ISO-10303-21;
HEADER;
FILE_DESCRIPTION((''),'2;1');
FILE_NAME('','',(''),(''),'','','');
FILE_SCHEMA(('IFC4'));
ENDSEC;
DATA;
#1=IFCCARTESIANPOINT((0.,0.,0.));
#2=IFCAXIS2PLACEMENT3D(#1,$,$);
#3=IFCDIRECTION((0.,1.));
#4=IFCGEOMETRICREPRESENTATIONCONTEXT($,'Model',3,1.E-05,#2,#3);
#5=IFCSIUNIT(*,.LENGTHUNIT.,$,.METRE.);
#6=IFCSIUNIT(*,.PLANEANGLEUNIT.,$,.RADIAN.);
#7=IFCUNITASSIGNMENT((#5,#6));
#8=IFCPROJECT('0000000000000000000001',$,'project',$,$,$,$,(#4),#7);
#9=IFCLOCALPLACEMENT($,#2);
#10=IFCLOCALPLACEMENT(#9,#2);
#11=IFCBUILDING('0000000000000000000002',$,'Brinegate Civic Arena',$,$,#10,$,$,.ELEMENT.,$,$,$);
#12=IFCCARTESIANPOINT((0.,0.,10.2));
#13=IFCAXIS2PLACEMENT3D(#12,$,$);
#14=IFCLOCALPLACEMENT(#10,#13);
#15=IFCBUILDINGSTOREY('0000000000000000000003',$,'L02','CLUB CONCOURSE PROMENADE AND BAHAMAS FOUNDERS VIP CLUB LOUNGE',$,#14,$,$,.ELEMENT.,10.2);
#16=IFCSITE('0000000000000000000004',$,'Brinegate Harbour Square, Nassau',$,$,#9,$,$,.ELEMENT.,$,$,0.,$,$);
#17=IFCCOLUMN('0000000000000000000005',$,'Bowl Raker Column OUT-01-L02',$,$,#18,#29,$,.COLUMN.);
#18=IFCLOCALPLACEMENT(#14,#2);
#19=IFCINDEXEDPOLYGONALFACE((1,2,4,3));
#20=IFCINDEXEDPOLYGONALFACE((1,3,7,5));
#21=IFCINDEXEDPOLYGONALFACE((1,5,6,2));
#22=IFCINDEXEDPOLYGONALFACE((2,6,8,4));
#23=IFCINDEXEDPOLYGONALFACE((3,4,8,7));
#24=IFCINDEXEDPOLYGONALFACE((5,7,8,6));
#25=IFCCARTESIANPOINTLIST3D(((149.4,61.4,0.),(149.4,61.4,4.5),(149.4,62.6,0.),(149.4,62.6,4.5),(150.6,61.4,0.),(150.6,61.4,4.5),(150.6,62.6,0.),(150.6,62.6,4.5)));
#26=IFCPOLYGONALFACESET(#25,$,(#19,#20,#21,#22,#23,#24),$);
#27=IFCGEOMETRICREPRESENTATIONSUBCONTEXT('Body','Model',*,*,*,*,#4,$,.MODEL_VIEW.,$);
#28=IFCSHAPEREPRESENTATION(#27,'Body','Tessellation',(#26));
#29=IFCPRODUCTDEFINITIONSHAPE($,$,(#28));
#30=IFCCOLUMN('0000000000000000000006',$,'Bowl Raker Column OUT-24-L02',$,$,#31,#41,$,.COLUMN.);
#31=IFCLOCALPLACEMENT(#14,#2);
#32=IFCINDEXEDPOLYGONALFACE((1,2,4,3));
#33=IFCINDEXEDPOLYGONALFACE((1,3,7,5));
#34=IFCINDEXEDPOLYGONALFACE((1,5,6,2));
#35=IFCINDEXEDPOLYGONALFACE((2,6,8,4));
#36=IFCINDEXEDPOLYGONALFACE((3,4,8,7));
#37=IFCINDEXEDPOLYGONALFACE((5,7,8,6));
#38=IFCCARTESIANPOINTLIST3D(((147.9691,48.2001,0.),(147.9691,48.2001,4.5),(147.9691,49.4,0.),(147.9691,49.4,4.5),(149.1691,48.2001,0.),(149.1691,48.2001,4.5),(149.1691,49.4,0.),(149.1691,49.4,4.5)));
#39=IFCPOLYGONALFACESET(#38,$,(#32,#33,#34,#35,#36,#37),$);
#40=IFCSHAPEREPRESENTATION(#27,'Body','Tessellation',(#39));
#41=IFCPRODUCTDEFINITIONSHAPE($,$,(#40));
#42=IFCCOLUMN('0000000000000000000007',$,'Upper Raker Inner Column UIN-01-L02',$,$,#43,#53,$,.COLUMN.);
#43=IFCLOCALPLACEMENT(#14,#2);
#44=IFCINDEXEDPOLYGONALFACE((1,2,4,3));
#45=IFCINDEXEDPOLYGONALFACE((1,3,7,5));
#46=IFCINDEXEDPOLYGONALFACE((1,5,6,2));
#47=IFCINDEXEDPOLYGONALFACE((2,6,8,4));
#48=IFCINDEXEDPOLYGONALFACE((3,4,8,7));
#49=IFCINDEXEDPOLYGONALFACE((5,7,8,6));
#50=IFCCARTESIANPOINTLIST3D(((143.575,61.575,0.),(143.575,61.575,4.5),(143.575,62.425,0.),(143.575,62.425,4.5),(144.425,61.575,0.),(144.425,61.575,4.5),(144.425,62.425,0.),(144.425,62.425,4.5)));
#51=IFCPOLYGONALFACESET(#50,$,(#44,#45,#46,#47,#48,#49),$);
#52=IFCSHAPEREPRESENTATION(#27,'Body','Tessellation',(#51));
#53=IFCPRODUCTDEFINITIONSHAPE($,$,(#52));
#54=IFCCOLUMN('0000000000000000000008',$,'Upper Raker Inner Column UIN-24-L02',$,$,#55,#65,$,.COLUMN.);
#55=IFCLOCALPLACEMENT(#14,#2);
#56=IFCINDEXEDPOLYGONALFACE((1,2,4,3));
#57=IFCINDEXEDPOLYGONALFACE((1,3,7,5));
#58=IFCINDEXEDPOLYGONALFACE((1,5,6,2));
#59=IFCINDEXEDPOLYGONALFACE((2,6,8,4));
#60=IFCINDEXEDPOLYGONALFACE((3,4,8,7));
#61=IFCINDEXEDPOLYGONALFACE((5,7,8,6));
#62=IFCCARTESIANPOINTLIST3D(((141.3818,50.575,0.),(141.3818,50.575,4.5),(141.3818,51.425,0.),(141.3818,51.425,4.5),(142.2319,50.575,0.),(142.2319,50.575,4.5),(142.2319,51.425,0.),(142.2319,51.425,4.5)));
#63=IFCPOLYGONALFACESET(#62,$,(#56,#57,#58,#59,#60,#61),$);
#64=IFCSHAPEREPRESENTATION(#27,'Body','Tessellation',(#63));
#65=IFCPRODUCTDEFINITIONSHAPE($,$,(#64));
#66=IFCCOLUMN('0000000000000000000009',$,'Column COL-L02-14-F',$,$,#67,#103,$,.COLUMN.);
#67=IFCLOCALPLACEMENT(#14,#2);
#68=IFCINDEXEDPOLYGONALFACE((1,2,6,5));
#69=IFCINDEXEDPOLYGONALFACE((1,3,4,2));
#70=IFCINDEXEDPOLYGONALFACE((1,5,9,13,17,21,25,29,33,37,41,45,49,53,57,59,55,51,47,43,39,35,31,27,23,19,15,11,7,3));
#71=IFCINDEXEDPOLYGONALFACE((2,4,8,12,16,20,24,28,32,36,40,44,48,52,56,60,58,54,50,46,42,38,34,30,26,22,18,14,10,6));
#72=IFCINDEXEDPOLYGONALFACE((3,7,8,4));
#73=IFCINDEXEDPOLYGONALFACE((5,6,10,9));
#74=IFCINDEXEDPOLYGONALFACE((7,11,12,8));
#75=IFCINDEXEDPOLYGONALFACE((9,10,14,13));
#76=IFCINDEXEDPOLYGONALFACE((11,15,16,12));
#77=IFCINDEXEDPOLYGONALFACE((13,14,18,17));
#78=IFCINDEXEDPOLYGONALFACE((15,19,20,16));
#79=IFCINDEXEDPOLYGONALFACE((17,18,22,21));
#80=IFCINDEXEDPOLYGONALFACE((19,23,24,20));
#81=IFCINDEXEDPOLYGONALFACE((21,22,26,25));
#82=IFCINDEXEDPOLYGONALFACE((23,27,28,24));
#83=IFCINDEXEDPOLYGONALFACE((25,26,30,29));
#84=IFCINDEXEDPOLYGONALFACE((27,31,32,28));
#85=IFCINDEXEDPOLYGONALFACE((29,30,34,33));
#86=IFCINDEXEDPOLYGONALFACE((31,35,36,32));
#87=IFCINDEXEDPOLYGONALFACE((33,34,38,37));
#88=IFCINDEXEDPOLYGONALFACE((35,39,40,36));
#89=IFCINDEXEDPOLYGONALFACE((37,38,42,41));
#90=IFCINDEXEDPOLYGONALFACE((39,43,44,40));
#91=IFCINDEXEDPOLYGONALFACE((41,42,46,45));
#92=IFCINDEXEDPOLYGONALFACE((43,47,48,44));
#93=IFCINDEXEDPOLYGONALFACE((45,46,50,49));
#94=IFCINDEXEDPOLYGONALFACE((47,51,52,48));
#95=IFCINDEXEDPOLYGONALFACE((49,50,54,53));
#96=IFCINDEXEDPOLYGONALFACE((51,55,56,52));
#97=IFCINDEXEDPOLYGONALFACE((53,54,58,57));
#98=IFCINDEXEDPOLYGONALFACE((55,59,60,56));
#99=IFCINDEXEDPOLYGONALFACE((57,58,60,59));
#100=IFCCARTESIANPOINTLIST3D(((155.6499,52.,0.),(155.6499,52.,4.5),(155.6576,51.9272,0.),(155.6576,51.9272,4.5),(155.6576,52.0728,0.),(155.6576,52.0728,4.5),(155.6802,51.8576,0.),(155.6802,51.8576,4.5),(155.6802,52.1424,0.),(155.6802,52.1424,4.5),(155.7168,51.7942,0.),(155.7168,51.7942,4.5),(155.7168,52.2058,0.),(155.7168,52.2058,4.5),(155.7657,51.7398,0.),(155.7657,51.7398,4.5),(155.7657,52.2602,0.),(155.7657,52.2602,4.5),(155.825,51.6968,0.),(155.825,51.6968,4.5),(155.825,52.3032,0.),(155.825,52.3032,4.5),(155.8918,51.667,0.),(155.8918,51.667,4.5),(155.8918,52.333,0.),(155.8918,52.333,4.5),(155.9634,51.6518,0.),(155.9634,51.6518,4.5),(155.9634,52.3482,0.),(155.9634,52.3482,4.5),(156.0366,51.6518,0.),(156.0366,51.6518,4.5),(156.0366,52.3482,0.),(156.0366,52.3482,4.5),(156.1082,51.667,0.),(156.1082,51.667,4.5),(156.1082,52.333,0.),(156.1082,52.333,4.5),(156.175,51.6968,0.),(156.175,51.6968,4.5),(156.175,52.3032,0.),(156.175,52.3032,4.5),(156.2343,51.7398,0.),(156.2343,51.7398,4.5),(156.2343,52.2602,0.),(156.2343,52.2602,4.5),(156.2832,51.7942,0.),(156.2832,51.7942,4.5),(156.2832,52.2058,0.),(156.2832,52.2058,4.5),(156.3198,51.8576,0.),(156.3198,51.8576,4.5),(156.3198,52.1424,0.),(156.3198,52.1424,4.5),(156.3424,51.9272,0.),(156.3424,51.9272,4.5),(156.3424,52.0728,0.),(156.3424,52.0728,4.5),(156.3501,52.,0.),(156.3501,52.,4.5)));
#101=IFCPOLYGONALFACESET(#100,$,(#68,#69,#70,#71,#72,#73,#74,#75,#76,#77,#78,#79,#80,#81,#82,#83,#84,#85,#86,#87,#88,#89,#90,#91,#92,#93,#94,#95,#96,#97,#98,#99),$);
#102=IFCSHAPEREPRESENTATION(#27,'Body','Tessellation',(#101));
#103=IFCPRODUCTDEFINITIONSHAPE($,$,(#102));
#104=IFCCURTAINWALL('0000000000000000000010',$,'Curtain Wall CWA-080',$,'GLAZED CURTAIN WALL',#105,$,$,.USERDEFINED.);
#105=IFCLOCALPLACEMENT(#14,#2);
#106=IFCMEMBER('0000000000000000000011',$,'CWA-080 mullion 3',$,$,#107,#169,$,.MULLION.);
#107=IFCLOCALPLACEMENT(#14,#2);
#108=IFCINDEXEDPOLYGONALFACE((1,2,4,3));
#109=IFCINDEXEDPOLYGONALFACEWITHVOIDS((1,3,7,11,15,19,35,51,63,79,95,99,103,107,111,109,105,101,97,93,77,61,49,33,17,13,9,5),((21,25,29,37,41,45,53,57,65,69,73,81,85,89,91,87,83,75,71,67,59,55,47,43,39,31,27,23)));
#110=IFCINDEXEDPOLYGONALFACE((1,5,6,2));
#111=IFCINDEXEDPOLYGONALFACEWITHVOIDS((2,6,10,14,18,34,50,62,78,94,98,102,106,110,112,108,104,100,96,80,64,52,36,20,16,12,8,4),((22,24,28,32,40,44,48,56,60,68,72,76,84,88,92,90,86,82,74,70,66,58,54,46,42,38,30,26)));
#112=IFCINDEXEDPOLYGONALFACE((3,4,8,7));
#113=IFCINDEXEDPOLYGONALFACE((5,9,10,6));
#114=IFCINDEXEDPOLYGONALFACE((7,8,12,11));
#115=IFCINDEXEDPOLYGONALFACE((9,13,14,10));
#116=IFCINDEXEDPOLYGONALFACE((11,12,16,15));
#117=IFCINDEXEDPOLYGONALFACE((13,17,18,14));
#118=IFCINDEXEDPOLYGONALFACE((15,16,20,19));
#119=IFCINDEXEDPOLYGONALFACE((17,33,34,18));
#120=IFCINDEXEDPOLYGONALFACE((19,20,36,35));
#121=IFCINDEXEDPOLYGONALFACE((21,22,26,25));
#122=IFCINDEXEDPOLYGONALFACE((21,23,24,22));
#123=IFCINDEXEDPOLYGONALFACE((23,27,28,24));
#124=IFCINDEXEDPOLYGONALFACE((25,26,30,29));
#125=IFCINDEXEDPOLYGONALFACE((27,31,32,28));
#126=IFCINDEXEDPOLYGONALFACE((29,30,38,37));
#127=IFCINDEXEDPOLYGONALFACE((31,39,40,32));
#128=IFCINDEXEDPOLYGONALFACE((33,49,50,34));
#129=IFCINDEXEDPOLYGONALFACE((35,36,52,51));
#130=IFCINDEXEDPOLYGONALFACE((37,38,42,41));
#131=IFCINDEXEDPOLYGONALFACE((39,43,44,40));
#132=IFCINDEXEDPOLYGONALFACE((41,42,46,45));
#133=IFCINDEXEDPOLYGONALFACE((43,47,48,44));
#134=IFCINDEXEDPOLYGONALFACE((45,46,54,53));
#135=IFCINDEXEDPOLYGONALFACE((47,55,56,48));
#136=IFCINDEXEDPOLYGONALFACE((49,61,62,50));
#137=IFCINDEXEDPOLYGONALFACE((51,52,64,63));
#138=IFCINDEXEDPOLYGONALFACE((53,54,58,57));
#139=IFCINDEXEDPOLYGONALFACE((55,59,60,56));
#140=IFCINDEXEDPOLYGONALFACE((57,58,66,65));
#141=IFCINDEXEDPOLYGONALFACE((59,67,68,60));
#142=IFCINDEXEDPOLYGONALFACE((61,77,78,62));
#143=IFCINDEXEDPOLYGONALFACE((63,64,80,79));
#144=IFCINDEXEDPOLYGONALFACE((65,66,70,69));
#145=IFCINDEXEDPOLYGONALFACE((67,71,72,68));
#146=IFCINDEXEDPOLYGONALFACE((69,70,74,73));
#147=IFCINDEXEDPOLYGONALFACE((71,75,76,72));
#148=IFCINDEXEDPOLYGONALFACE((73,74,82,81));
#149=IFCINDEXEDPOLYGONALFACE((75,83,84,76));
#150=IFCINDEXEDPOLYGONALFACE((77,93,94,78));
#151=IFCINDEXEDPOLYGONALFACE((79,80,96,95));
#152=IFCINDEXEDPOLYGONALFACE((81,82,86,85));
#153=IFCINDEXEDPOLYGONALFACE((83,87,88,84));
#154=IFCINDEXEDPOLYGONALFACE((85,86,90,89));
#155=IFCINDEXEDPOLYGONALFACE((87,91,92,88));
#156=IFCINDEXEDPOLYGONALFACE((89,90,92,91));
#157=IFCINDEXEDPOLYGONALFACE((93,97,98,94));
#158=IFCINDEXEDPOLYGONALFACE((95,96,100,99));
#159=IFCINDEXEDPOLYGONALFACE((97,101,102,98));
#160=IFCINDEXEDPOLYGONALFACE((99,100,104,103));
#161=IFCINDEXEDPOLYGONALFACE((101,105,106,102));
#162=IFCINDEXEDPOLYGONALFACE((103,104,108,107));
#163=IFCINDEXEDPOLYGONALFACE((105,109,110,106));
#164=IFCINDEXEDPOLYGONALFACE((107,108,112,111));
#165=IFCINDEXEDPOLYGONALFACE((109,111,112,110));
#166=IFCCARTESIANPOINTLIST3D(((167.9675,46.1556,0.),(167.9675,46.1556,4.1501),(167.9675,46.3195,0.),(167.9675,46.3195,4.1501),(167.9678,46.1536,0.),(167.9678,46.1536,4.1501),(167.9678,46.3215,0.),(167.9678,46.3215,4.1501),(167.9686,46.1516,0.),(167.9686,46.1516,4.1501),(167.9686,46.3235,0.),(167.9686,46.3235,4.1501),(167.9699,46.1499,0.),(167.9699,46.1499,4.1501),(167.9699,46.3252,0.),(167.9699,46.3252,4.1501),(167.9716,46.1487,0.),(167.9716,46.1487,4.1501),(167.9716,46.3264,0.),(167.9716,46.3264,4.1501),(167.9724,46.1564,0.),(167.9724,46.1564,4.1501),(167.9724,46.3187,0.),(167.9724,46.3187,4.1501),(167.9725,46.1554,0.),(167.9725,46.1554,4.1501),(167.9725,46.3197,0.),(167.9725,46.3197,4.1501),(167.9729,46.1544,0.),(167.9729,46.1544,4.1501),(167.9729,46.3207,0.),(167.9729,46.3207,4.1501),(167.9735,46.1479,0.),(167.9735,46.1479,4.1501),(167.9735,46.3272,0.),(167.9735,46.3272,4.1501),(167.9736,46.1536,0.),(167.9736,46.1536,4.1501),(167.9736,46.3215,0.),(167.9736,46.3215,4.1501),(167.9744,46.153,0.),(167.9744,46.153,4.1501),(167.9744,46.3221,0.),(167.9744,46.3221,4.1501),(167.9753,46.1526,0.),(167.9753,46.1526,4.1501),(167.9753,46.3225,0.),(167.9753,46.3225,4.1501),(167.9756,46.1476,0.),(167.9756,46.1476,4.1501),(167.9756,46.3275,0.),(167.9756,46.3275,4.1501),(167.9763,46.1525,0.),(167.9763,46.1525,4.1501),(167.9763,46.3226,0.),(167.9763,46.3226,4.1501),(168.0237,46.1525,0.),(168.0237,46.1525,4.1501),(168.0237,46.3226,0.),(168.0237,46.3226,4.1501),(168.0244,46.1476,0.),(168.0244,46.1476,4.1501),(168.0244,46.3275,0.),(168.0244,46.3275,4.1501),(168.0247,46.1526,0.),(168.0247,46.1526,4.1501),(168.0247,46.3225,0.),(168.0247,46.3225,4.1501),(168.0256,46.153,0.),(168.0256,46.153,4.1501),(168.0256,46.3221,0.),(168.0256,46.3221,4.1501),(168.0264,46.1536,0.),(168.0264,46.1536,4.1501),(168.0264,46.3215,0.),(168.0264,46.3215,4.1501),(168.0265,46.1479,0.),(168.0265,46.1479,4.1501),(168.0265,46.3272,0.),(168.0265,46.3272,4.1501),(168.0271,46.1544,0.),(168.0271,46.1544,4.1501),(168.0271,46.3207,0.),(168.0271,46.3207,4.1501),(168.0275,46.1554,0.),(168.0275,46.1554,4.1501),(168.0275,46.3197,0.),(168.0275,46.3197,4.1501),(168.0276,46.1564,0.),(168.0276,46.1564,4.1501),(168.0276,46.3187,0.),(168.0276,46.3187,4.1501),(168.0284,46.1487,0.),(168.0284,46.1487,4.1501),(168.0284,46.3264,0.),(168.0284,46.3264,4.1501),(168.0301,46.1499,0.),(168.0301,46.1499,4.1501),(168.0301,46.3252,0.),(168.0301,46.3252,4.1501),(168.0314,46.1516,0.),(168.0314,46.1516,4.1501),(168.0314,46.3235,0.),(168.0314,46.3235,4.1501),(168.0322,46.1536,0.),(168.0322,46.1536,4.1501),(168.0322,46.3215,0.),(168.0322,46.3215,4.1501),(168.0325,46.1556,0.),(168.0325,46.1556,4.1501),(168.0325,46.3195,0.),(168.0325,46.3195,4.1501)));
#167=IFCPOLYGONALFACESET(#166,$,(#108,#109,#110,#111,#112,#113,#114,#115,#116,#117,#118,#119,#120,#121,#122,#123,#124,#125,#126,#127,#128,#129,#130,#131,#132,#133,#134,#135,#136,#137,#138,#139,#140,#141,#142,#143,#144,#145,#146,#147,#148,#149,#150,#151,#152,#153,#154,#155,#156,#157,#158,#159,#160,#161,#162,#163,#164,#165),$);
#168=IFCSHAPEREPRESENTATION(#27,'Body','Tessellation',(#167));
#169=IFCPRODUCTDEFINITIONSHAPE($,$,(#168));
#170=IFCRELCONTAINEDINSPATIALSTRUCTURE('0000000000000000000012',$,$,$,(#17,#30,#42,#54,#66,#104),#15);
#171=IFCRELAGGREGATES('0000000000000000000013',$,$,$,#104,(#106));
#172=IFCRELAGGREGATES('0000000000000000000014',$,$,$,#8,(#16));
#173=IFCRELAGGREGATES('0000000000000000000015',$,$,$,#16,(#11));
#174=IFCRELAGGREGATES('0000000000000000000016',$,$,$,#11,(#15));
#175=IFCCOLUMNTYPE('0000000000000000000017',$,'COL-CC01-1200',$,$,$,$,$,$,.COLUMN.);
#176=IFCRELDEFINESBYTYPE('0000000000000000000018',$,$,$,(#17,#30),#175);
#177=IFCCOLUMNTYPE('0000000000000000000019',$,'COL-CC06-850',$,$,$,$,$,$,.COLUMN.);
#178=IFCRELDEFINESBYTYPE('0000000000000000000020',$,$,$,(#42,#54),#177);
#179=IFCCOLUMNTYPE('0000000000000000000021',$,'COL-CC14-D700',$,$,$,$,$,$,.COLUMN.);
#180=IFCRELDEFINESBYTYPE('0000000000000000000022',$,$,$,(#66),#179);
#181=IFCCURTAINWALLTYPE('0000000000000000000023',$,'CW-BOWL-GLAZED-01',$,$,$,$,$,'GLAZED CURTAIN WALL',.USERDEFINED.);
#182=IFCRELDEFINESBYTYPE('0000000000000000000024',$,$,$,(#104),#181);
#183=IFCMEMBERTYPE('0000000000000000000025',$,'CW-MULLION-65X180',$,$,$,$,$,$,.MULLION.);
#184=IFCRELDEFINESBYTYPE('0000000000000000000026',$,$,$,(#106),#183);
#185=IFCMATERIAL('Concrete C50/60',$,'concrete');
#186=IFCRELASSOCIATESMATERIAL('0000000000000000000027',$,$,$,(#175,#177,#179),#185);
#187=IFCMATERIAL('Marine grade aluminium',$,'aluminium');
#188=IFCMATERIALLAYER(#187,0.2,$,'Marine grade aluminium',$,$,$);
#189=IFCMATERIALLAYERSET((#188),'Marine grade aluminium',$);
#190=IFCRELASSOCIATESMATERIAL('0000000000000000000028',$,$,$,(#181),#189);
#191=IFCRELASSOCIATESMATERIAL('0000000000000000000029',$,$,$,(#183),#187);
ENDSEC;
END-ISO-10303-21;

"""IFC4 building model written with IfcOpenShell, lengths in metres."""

from ifc_helpers import new_model, si_unit, direction, frame, origin, origin_2d, place, context, subcontext, project, spatial, rectangle, hollow_rectangle, circle, extrude, material, layer, layer_set, material_profile, profile_set, type_object, element, aggregate, save


model = new_model("IFC4")

# Units and contexts
model_context = context("Model", 3, precision=1e-05, world=origin(), true_north=direction((0.0, 1.0)))
body_context = subcontext(model_context, "Body", "Model", "MODEL_VIEW")
ifc_project = project(units=[si_unit("LENGTHUNIT", "METRE"), si_unit("PLANEANGLEUNIT", "RADIAN")], contexts=[model_context])

# Site, building, storey
site_placement = place(None, origin())
site = spatial("IfcSite", under=ifc_project, at=site_placement, Name="Brinegate Harbour Square, Nassau", CompositionType="ELEMENT", RefElevation=0.0)
building_placement = place(site_placement, origin())
building = spatial("IfcBuilding", under=site, at=building_placement, Name="Brinegate Civic Arena", CompositionType="ELEMENT")
storey_placement = place(building_placement, frame((0.0, 0.0, 10.2)))
storey = spatial("IfcBuildingStorey", under=building, at=storey_placement, Name="L02", Description="CLUB CONCOURSE PROMENADE AND BAHAMAS FOUNDERS VIP CLUB LOUNGE", CompositionType="ELEMENT", Elevation=10.2)

# Columns
ifc_material_1 = material(Name="Concrete C50/60", Category="concrete")
ifc_material_profile_1 = material_profile(ifc_material_1, rectangle(XDim=1.2, YDim=1.2, at=origin_2d()), Name="RC1200X1200")
ifc_profile_set_1 = profile_set([ifc_material_profile_1], Name="Concrete C50/60")
column_type_1 = type_object("IfcColumnType", Name="COL-CC01-1200", PredefinedType="COLUMN", material=ifc_profile_set_1)
for number, where, z_axis, x_axis, name in (
    (1, (150.0, 62.0, 0.0), (0.0, 0.0, 1.0), (1.0, 0.0, 0.0), "Bowl Raker Column OUT-01-L02"),
    (2, (148.5691, 48.8, 0.0), (0.0, 0.0, 1.0), (1.0, 0.0, 0.0), "Bowl Raker Column OUT-24-L02"),
):
    element("IfcColumn", number, at=place(storey_placement, frame(where, z_axis=z_axis, x_axis=x_axis)), inside=storey, type_object=column_type_1, Name=name, PredefinedType="COLUMN", context=body_context, shape_type="SweptSolid", body=[
        extrude(rectangle(XDim=1.2, YDim=1.2, at=origin_2d()), origin(), (0.0, 0.0, 1.0), 4.5),
    ])
ifc_material_profile_2 = material_profile(ifc_material_1, rectangle(XDim=0.8501, YDim=0.8501, at=origin_2d()), Name="RC850X850")
ifc_profile_set_2 = profile_set([ifc_material_profile_2], Name="Concrete C50/60")
column_type_2 = type_object("IfcColumnType", Name="COL-CC06-850", PredefinedType="COLUMN", material=ifc_profile_set_2)
for number, where, z_axis, x_axis, name in (
    (3, (144.0, 62.0, 0.0), (0.0, 0.0, 1.0), (1.0, 0.0, 0.0), "Upper Raker Inner Column UIN-01-L02"),
    (4, (141.8069, 51.0, 0.0), (0.0, 0.0, 1.0), (1.0, 0.0, 0.0), "Upper Raker Inner Column UIN-24-L02"),
):
    element("IfcColumn", number, at=place(storey_placement, frame(where, z_axis=z_axis, x_axis=x_axis)), inside=storey, type_object=column_type_2, Name=name, PredefinedType="COLUMN", context=body_context, shape_type="SweptSolid", body=[
        extrude(rectangle(XDim=0.8501, YDim=0.8501, at=origin_2d()), origin(), (0.0, 0.0, 1.0), 4.5),
    ])
ifc_material_profile_3 = material_profile(ifc_material_1, circle(Radius=0.3501, at=origin_2d()), Name="RCD700")
ifc_profile_set_3 = profile_set([ifc_material_profile_3], Name="Concrete C50/60")
column_type_3 = type_object("IfcColumnType", Name="COL-CC14-D700", PredefinedType="COLUMN", material=ifc_profile_set_3)
column_placement = place(storey_placement, frame((156.0, 52.0, 0.0), z_axis=(0.0, 0.0, 1.0), x_axis=(1.0, 0.0, 0.0)))
element("IfcColumn", 5, at=column_placement, inside=storey, type_object=column_type_3, Name="Column COL-L02-14-F", PredefinedType="COLUMN", context=body_context, shape_type="SweptSolid", body=[
    extrude(circle(Radius=0.3501, at=origin_2d()), origin(), (0.0, 0.0, 1.0), 4.5),
])

# Curtain wall, member
ifc_material_2 = material(Name="Marine grade aluminium", Category="aluminium")
ifc_layer_1 = layer(ifc_material_2, 0.2, Name="Marine grade aluminium")
ifc_layer_set_1 = layer_set([ifc_layer_1], Name="Marine grade aluminium")
curtain_wall_type = type_object("IfcCurtainWallType", Name="CW-BOWL-GLAZED-01", ElementType="GLAZED CURTAIN WALL", PredefinedType="USERDEFINED", material=ifc_layer_set_1)
curtain_wall_placement = place(storey_placement, origin())
curtain_wall = element("IfcCurtainWall", 6, at=curtain_wall_placement, inside=storey, type_object=curtain_wall_type, Name="Curtain Wall CWA-080", ObjectType="GLAZED CURTAIN WALL", PredefinedType="USERDEFINED")
ifc_material_profile_4 = material_profile(ifc_material_2, hollow_rectangle(XDim=0.0649, YDim=0.1799, WallThickness=0.0049, InnerFilletRadius=0.0039, OuterFilletRadius=0.0081, at=origin_2d()), Name="MUL65X180")
ifc_profile_set_4 = profile_set([ifc_material_profile_4], Name="Marine grade aluminium")
member_type_1 = type_object("IfcMemberType", Name="CW-MULLION-65X180", PredefinedType="MULLION", material=ifc_profile_set_4)
member_1_placement = place(storey_placement, frame((168.0, 46.2375, 0.0), z_axis=(0.0, 0.0, 1.0), x_axis=(-1.0, 0.0, 0.0)))
member_1 = element("IfcMember", 7, at=member_1_placement, type_object=member_type_1, Name="CWA-080 mullion 3", PredefinedType="MULLION", context=body_context, shape_type="SweptSolid", body=[
    extrude(hollow_rectangle(XDim=0.0649, YDim=0.1799, WallThickness=0.0049, InnerFilletRadius=0.0039, OuterFilletRadius=0.0081, at=origin_2d()), origin(), (0.0, 0.0, 1.0), 4.1501),
])

aggregate(curtain_wall, [member_1])

save(model, "model.ifc")
